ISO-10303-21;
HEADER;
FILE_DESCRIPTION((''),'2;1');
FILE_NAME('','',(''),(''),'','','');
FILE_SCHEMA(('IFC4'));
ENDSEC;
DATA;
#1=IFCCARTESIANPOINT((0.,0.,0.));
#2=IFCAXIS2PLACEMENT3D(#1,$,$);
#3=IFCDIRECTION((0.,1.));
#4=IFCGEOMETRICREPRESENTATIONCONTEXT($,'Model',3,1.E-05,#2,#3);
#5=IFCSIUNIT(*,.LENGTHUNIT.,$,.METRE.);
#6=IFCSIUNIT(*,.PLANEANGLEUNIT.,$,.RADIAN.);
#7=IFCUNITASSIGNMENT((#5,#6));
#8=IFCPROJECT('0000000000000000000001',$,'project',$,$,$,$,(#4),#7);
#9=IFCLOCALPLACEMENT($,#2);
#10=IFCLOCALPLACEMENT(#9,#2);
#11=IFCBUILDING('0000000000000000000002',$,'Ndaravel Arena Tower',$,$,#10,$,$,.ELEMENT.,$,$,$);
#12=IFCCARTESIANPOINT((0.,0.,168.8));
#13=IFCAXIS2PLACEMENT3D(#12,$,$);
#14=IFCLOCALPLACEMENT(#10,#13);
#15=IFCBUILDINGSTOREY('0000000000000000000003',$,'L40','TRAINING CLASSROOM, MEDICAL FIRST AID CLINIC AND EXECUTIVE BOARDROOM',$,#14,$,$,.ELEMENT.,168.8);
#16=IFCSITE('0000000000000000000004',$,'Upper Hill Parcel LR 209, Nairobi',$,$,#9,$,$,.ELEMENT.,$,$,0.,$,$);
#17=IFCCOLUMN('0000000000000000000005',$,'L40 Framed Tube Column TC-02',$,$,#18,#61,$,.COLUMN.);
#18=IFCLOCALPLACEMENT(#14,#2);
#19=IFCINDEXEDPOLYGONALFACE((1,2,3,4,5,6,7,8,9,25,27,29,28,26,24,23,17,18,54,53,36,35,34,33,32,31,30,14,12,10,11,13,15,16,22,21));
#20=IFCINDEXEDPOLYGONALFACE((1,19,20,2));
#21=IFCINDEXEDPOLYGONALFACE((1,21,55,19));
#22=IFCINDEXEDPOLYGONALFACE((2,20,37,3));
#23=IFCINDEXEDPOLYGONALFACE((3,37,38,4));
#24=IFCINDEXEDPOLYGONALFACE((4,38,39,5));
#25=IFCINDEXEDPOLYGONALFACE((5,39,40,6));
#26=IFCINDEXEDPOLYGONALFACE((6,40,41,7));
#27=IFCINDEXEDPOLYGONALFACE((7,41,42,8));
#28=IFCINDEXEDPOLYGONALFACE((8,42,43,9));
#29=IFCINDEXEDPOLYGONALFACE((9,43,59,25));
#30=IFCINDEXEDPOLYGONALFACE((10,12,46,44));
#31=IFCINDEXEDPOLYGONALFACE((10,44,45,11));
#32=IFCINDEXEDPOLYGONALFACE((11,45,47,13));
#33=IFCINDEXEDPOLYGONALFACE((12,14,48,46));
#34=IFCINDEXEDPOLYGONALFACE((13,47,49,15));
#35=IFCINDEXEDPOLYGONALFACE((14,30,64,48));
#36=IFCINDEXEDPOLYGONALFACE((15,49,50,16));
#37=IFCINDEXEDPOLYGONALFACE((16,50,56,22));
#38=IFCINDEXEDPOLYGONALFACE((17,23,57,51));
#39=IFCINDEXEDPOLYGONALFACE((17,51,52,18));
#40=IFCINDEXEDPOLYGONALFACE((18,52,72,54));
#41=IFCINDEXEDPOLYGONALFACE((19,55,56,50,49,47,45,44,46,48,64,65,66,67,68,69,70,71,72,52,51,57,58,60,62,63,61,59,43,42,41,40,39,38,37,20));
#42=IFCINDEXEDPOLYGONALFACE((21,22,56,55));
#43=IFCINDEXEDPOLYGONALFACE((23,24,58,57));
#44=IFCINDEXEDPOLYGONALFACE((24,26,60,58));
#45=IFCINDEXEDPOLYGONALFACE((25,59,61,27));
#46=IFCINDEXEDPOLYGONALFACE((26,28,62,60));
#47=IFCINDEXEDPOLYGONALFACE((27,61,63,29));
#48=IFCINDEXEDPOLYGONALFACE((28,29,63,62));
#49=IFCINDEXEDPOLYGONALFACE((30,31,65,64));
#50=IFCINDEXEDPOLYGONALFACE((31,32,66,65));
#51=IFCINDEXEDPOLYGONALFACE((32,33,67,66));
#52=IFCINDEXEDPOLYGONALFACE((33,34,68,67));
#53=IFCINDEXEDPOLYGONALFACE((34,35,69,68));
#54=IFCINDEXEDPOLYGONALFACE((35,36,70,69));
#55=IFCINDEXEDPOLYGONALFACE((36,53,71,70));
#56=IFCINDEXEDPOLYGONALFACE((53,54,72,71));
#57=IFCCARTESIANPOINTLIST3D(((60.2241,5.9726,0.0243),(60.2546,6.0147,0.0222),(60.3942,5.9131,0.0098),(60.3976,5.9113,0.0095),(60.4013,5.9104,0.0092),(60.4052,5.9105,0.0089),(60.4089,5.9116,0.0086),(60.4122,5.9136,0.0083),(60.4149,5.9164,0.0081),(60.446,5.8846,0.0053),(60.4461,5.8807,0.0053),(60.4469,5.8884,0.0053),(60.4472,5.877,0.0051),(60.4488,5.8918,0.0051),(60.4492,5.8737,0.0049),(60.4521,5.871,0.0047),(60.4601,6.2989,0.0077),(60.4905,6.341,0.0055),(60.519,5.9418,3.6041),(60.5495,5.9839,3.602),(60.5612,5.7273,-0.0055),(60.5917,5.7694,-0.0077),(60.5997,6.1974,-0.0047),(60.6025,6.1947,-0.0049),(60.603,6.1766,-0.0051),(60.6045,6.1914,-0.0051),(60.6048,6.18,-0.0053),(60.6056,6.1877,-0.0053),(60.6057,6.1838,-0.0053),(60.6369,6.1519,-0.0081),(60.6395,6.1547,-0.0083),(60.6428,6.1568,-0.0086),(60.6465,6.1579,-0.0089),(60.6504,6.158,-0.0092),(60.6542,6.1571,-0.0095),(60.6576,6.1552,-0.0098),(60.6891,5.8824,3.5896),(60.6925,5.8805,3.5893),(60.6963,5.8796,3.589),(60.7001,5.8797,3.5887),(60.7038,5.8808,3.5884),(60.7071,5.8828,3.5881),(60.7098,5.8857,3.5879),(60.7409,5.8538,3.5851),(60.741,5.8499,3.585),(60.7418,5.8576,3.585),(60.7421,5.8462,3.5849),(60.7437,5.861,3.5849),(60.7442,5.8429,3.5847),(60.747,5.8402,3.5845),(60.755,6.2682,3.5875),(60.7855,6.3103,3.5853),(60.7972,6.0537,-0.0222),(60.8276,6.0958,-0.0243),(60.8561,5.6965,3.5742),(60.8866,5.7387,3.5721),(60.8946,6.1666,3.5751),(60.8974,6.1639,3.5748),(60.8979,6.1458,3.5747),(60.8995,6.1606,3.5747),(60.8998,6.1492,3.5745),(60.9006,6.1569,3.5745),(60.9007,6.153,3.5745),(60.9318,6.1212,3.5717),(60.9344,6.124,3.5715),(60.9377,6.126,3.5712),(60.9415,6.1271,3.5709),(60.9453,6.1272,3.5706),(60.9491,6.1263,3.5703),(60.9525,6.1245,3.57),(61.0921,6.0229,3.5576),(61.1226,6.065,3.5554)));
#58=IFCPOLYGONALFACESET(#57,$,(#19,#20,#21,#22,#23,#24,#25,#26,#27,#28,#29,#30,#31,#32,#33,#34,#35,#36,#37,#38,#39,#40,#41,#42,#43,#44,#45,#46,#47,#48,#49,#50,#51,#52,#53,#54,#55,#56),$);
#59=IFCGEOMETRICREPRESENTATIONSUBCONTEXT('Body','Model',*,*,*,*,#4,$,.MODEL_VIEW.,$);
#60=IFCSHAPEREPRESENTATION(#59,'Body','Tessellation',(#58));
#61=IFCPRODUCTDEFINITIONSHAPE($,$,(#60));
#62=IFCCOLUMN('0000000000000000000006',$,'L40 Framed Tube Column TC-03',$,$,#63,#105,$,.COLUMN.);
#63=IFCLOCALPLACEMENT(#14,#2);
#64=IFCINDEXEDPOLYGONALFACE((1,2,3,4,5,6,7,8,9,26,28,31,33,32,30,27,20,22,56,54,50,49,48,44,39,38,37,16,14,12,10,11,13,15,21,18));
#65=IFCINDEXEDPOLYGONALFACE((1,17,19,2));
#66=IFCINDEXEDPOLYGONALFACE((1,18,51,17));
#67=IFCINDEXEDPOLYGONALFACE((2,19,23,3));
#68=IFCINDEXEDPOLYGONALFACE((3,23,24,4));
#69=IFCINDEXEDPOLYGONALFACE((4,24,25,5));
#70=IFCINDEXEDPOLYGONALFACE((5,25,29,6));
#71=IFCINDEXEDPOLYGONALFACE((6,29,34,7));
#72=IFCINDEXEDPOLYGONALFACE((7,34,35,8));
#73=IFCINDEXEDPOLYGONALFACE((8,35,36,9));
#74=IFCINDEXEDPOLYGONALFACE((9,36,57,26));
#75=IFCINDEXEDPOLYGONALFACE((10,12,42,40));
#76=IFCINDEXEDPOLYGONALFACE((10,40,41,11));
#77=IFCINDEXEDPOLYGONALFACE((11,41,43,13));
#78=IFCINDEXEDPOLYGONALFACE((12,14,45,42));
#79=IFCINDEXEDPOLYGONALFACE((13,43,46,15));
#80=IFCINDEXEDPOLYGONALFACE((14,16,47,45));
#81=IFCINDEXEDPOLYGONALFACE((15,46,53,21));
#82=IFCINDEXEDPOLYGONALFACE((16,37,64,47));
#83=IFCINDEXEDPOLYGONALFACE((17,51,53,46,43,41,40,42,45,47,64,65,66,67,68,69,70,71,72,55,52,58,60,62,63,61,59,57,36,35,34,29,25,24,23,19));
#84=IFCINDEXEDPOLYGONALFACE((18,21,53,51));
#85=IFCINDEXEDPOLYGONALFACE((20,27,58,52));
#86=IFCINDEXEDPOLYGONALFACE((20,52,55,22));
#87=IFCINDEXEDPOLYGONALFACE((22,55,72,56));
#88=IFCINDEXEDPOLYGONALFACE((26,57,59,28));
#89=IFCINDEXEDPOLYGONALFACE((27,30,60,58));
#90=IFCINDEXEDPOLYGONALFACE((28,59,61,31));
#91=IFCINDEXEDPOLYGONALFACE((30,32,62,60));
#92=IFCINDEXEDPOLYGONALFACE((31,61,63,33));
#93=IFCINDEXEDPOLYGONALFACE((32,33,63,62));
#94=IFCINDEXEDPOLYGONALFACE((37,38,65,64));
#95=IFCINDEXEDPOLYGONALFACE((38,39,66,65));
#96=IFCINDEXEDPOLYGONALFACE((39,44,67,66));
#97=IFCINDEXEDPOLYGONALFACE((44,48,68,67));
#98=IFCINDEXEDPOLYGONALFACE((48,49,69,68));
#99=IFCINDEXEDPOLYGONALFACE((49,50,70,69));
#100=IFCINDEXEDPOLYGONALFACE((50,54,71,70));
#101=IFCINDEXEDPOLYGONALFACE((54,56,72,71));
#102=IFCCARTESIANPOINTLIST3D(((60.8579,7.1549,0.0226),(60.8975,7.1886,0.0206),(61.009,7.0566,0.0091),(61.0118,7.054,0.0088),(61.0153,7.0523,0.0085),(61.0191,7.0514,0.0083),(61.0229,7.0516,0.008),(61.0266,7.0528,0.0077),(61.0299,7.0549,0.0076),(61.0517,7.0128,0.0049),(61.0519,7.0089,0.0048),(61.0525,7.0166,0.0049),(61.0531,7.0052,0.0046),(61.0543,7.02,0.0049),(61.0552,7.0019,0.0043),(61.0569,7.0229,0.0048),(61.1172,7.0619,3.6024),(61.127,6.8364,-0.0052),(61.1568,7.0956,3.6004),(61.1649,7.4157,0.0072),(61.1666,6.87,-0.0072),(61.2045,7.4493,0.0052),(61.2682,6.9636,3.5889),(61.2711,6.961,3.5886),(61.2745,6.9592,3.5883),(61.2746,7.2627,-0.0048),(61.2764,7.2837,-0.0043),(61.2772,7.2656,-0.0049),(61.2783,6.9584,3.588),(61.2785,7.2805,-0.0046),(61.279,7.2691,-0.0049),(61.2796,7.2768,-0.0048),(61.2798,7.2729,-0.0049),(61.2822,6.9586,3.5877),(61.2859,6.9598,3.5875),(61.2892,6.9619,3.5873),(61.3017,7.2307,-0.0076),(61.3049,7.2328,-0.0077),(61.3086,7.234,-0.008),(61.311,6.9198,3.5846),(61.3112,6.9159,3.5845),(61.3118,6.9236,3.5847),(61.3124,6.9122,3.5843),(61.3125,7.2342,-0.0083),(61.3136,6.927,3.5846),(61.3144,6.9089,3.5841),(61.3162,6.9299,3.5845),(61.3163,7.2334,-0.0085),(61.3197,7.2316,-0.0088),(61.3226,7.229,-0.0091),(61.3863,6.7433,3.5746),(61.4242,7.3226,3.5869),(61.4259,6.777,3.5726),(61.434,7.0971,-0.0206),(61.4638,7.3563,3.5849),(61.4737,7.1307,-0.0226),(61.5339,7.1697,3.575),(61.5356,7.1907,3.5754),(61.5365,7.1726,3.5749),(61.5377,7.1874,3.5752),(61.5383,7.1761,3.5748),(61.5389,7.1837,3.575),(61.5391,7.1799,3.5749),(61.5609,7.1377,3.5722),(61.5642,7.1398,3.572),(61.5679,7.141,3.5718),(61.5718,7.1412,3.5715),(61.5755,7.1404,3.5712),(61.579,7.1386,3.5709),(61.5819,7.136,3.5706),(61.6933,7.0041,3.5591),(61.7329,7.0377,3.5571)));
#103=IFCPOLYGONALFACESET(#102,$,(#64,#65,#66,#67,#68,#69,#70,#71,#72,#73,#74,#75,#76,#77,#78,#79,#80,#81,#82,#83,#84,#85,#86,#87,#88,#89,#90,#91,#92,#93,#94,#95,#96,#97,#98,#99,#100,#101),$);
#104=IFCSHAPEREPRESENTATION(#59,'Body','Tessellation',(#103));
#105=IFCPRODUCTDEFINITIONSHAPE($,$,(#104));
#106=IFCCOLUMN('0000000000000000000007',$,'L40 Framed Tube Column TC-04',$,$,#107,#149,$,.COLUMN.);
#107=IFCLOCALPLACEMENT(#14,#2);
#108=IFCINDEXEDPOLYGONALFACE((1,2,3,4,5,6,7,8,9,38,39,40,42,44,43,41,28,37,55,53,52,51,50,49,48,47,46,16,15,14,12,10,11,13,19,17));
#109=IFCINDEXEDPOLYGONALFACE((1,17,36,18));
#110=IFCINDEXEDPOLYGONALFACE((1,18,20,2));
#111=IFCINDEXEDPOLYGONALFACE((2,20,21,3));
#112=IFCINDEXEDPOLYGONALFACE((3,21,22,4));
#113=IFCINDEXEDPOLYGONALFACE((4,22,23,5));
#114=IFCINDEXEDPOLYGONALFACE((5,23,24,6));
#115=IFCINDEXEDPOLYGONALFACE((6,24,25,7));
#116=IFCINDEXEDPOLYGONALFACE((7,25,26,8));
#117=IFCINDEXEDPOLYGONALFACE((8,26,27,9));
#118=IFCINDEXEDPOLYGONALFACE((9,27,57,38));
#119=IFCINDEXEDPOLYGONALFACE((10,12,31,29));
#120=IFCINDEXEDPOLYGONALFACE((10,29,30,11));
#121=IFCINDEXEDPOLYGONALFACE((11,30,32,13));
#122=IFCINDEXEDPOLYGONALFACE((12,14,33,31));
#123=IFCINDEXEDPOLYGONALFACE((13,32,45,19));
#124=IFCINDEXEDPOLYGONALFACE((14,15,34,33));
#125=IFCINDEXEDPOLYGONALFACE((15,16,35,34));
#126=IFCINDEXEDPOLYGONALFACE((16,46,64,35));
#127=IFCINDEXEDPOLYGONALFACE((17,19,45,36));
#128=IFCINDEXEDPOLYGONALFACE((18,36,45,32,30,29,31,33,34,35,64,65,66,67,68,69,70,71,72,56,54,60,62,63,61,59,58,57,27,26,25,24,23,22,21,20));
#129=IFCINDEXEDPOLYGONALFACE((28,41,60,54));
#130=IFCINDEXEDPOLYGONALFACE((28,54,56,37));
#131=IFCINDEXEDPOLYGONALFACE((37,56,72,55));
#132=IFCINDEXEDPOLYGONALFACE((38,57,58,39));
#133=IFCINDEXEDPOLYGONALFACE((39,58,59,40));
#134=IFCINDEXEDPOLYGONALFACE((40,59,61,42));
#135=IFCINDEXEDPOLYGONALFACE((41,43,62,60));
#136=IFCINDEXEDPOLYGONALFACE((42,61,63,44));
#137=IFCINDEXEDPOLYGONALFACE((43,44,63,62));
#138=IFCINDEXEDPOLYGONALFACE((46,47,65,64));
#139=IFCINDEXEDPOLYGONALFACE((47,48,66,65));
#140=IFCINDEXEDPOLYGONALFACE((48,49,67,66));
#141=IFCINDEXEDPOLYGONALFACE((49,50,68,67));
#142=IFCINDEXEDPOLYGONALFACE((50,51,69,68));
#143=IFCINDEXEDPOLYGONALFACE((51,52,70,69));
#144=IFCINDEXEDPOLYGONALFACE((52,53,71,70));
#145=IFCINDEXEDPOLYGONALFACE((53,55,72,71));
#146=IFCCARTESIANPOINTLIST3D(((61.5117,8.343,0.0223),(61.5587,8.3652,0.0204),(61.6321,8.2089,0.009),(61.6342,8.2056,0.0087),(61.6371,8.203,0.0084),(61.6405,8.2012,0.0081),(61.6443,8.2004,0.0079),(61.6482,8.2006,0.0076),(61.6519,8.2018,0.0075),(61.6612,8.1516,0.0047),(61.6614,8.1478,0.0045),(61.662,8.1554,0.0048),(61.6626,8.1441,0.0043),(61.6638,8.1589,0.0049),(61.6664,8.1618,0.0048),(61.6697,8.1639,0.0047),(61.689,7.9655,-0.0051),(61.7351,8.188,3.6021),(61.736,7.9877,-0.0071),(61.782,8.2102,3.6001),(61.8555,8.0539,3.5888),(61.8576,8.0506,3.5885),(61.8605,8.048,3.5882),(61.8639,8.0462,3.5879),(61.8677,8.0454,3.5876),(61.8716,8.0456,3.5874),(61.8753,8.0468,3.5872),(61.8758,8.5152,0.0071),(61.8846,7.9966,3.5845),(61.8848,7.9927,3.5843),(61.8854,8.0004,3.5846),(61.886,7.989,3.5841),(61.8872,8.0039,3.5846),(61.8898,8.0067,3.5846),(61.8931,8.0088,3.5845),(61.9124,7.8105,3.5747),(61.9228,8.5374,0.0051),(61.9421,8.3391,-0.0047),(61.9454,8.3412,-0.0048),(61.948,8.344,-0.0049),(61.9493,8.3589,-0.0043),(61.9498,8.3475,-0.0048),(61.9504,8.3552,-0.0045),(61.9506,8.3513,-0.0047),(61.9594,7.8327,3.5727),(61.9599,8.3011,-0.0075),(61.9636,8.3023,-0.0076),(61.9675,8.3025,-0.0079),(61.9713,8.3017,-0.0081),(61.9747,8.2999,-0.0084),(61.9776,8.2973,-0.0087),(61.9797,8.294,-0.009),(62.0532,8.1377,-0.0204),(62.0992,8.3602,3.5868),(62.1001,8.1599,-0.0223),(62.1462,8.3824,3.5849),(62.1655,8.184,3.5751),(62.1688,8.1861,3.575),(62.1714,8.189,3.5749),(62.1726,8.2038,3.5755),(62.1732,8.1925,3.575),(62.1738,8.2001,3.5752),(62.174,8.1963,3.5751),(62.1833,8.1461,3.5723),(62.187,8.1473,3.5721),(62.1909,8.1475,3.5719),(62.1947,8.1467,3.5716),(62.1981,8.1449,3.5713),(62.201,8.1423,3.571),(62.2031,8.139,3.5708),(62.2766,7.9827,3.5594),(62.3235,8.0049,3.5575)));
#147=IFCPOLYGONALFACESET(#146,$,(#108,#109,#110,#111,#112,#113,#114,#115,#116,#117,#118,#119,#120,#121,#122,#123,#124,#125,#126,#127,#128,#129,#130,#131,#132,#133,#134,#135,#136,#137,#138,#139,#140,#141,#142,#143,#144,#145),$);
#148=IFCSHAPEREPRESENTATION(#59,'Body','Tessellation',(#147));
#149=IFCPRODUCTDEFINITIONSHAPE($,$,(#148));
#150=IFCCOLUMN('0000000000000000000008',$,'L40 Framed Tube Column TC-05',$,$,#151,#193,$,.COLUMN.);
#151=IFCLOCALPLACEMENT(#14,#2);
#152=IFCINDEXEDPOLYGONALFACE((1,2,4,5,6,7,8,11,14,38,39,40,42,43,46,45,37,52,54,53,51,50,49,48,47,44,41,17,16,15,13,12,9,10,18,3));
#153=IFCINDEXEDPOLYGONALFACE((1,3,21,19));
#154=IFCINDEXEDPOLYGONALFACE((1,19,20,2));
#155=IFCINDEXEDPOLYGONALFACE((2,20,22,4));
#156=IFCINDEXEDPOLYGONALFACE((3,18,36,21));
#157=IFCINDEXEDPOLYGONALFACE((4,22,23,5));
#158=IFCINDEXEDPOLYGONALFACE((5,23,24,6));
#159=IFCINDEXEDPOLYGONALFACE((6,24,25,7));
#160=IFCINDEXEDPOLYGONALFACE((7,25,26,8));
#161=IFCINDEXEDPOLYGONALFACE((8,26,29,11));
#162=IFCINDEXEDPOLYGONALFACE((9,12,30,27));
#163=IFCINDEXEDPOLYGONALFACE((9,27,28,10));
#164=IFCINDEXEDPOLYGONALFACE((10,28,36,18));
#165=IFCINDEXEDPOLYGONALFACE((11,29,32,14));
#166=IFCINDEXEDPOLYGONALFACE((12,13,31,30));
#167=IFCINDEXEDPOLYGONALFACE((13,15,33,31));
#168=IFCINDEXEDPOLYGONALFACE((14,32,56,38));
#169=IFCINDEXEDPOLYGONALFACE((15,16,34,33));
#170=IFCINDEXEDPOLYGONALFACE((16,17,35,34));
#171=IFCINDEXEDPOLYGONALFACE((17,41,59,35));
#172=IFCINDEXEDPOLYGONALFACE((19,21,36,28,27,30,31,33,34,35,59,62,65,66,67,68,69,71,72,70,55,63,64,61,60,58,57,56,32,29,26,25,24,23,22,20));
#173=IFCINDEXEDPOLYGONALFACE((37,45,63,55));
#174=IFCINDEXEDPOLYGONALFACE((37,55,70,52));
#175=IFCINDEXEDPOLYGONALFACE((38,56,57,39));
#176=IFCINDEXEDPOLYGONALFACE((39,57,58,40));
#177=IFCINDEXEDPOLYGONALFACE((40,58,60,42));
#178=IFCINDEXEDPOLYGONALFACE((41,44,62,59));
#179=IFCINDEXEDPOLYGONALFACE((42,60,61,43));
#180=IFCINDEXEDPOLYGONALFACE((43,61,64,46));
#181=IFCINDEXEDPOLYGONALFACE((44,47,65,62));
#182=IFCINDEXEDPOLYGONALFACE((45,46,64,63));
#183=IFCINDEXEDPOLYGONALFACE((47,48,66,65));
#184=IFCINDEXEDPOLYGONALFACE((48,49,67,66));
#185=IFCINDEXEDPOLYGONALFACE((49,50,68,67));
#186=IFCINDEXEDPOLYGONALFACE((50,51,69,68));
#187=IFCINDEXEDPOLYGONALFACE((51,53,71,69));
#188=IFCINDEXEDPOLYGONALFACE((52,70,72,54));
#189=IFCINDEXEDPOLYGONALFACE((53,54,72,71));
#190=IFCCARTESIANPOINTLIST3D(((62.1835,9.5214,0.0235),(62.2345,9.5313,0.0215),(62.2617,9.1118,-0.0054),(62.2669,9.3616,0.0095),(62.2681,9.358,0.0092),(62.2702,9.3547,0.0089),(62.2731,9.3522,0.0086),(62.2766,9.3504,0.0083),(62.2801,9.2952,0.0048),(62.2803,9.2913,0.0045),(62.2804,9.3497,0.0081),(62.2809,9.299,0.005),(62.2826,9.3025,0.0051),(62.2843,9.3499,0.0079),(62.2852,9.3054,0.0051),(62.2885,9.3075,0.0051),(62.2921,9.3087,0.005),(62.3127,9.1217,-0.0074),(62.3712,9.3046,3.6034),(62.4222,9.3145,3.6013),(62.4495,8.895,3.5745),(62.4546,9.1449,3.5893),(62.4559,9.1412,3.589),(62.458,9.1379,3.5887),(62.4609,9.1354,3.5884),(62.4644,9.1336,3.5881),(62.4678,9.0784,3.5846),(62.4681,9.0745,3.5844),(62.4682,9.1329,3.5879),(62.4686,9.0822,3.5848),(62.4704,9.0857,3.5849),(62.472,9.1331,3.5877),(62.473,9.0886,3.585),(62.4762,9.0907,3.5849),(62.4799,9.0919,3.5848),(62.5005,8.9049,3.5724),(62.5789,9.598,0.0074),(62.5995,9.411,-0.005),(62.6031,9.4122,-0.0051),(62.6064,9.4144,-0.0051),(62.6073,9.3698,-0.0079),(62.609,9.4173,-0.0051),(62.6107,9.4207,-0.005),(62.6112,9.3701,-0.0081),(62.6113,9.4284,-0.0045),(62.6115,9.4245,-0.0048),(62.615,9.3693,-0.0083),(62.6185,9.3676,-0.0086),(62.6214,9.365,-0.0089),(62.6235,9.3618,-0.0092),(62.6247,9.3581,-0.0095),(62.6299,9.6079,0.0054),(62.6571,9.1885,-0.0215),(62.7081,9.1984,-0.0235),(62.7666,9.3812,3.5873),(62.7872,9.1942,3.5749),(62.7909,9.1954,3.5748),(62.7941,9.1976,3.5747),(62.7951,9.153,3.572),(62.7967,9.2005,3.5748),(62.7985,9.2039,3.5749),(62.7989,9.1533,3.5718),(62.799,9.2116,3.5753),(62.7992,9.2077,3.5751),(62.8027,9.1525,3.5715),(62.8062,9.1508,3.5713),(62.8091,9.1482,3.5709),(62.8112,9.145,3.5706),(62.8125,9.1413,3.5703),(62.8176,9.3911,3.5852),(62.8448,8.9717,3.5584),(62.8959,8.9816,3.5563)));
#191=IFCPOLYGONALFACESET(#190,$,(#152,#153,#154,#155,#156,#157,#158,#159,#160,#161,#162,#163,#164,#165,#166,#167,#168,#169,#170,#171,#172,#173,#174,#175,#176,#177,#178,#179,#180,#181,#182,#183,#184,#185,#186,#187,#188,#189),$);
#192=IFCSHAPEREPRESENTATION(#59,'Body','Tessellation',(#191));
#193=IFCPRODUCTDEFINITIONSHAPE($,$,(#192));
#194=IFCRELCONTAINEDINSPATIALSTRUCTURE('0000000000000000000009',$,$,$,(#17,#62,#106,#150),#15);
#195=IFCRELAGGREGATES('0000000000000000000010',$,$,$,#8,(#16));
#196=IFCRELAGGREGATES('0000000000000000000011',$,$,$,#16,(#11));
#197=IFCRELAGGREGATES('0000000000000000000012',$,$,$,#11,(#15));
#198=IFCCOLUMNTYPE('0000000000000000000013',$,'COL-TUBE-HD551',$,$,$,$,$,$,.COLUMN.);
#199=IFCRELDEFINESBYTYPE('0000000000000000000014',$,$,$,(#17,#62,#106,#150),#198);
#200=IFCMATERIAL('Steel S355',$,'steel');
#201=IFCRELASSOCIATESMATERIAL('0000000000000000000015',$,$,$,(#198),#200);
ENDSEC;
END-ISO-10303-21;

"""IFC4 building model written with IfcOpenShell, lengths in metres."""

from ifc_helpers import new_model, si_unit, direction, frame, origin, origin_2d, place, context, subcontext, project, spatial, i_section, extrude, material, material_profile, profile_set, type_object, element, save


model = new_model("IFC4")

# Units and contexts
model_context = context("Model", 3, precision=1e-05, world=origin(), true_north=direction((0.0, 1.0)))
body_context = subcontext(model_context, "Body", "Model", "MODEL_VIEW")
ifc_project = project(units=[si_unit("LENGTHUNIT", "METRE"), si_unit("PLANEANGLEUNIT", "RADIAN")], contexts=[model_context])

# Site, building, storey
site_placement = place(None, origin())
site = spatial("IfcSite", under=ifc_project, at=site_placement, Name="Upper Hill Parcel LR 209, Nairobi", CompositionType="ELEMENT", RefElevation=0.0)
building_placement = place(site_placement, origin())
building = spatial("IfcBuilding", under=site, at=building_placement, Name="Ndaravel Arena Tower", CompositionType="ELEMENT")
storey_placement = place(building_placement, frame((0.0, 0.0, 168.8)))
storey = spatial("IfcBuildingStorey", under=building, at=storey_placement, Name="L40", Description="TRAINING CLASSROOM, MEDICAL FIRST AID CLINIC AND EXECUTIVE BOARDROOM", CompositionType="ELEMENT", Elevation=168.8)

# Columns
ifc_material_1 = material(Name="Steel S355", Category="steel")
ifc_material_profile_1 = material_profile(ifc_material_1, i_section(OverallWidth=0.418, OverallDepth=0.4551, WebThickness=0.042, FlangeThickness=0.052, FilletRadius=0.0149, at=origin_2d()), Name="HD 400x551")
ifc_profile_set_1 = profile_set([ifc_material_profile_1], Name="Steel S355")
column_type = type_object("IfcColumnType", Name="COL-TUBE-HD551", PredefinedType="COLUMN", material=ifc_profile_set_1)
column_1_placement = place(storey_placement, frame((60.5259, 6.0342, 0.0), z_axis=(0.082103, -0.008564, 0.996587), x_axis=(-0.806542, 0.586839, 0.071489)))
element("IfcColumn", 1, at=column_1_placement, inside=storey, type_object=column_type, Name="L40 Framed Tube Column TC-02", PredefinedType="COLUMN", context=body_context, shape_type="SweptSolid", body=[
    extrude(i_section(OverallWidth=0.418, OverallDepth=0.4551, WebThickness=0.042, FlangeThickness=0.052, FilletRadius=0.0149, at=origin_2d()), origin(), (0.0, 0.0, 1.0), 3.592),
])
column_2_placement = place(storey_placement, frame((61.1658, 7.1428, 0.0), z_axis=(0.072214, -0.025907, 0.997053), x_axis=(-0.64391, 0.76221, 0.066442)))
element("IfcColumn", 2, at=column_2_placement, inside=storey, type_object=column_type, Name="L40 Framed Tube Column TC-03", PredefinedType="COLUMN", context=body_context, shape_type="SweptSolid", body=[
    extrude(i_section(OverallWidth=0.418, OverallDepth=0.4551, WebThickness=0.042, FlangeThickness=0.052, FilletRadius=0.0149, at=origin_2d()), origin(), (0.0, 0.0, 1.0), 3.5903),
])
column_3_placement = place(storey_placement, frame((61.8059, 8.2515, 0.0), z_axis=(0.062223, -0.043182, 0.997128), x_axis=(-0.424364, 0.903113, 0.065592)))
element("IfcColumn", 3, at=column_3_placement, inside=storey, type_object=column_type, Name="L40 Framed Tube Column TC-04", PredefinedType="COLUMN", context=body_context, shape_type="SweptSolid", body=[
    extrude(i_section(OverallWidth=0.418, OverallDepth=0.4551, WebThickness=0.042, FlangeThickness=0.052, FilletRadius=0.0149, at=origin_2d()), origin(), (0.0, 0.0, 1.0), 3.5901),
])
column_4_placement = place(storey_placement, frame((62.4458, 9.3599, 0.0), z_axis=(0.052277, -0.060367, 0.996806), x_axis=(-0.187152, 0.979893, 0.069158)))
element("IfcColumn", 4, at=column_4_placement, inside=storey, type_object=column_type, Name="L40 Framed Tube Column TC-05", PredefinedType="COLUMN", context=body_context, shape_type="SweptSolid", body=[
    extrude(i_section(OverallWidth=0.418, OverallDepth=0.4551, WebThickness=0.042, FlangeThickness=0.052, FilletRadius=0.0149, at=origin_2d()), origin(), (0.0, 0.0, 1.0), 3.5913),
])

save(model, "model.ifc")
